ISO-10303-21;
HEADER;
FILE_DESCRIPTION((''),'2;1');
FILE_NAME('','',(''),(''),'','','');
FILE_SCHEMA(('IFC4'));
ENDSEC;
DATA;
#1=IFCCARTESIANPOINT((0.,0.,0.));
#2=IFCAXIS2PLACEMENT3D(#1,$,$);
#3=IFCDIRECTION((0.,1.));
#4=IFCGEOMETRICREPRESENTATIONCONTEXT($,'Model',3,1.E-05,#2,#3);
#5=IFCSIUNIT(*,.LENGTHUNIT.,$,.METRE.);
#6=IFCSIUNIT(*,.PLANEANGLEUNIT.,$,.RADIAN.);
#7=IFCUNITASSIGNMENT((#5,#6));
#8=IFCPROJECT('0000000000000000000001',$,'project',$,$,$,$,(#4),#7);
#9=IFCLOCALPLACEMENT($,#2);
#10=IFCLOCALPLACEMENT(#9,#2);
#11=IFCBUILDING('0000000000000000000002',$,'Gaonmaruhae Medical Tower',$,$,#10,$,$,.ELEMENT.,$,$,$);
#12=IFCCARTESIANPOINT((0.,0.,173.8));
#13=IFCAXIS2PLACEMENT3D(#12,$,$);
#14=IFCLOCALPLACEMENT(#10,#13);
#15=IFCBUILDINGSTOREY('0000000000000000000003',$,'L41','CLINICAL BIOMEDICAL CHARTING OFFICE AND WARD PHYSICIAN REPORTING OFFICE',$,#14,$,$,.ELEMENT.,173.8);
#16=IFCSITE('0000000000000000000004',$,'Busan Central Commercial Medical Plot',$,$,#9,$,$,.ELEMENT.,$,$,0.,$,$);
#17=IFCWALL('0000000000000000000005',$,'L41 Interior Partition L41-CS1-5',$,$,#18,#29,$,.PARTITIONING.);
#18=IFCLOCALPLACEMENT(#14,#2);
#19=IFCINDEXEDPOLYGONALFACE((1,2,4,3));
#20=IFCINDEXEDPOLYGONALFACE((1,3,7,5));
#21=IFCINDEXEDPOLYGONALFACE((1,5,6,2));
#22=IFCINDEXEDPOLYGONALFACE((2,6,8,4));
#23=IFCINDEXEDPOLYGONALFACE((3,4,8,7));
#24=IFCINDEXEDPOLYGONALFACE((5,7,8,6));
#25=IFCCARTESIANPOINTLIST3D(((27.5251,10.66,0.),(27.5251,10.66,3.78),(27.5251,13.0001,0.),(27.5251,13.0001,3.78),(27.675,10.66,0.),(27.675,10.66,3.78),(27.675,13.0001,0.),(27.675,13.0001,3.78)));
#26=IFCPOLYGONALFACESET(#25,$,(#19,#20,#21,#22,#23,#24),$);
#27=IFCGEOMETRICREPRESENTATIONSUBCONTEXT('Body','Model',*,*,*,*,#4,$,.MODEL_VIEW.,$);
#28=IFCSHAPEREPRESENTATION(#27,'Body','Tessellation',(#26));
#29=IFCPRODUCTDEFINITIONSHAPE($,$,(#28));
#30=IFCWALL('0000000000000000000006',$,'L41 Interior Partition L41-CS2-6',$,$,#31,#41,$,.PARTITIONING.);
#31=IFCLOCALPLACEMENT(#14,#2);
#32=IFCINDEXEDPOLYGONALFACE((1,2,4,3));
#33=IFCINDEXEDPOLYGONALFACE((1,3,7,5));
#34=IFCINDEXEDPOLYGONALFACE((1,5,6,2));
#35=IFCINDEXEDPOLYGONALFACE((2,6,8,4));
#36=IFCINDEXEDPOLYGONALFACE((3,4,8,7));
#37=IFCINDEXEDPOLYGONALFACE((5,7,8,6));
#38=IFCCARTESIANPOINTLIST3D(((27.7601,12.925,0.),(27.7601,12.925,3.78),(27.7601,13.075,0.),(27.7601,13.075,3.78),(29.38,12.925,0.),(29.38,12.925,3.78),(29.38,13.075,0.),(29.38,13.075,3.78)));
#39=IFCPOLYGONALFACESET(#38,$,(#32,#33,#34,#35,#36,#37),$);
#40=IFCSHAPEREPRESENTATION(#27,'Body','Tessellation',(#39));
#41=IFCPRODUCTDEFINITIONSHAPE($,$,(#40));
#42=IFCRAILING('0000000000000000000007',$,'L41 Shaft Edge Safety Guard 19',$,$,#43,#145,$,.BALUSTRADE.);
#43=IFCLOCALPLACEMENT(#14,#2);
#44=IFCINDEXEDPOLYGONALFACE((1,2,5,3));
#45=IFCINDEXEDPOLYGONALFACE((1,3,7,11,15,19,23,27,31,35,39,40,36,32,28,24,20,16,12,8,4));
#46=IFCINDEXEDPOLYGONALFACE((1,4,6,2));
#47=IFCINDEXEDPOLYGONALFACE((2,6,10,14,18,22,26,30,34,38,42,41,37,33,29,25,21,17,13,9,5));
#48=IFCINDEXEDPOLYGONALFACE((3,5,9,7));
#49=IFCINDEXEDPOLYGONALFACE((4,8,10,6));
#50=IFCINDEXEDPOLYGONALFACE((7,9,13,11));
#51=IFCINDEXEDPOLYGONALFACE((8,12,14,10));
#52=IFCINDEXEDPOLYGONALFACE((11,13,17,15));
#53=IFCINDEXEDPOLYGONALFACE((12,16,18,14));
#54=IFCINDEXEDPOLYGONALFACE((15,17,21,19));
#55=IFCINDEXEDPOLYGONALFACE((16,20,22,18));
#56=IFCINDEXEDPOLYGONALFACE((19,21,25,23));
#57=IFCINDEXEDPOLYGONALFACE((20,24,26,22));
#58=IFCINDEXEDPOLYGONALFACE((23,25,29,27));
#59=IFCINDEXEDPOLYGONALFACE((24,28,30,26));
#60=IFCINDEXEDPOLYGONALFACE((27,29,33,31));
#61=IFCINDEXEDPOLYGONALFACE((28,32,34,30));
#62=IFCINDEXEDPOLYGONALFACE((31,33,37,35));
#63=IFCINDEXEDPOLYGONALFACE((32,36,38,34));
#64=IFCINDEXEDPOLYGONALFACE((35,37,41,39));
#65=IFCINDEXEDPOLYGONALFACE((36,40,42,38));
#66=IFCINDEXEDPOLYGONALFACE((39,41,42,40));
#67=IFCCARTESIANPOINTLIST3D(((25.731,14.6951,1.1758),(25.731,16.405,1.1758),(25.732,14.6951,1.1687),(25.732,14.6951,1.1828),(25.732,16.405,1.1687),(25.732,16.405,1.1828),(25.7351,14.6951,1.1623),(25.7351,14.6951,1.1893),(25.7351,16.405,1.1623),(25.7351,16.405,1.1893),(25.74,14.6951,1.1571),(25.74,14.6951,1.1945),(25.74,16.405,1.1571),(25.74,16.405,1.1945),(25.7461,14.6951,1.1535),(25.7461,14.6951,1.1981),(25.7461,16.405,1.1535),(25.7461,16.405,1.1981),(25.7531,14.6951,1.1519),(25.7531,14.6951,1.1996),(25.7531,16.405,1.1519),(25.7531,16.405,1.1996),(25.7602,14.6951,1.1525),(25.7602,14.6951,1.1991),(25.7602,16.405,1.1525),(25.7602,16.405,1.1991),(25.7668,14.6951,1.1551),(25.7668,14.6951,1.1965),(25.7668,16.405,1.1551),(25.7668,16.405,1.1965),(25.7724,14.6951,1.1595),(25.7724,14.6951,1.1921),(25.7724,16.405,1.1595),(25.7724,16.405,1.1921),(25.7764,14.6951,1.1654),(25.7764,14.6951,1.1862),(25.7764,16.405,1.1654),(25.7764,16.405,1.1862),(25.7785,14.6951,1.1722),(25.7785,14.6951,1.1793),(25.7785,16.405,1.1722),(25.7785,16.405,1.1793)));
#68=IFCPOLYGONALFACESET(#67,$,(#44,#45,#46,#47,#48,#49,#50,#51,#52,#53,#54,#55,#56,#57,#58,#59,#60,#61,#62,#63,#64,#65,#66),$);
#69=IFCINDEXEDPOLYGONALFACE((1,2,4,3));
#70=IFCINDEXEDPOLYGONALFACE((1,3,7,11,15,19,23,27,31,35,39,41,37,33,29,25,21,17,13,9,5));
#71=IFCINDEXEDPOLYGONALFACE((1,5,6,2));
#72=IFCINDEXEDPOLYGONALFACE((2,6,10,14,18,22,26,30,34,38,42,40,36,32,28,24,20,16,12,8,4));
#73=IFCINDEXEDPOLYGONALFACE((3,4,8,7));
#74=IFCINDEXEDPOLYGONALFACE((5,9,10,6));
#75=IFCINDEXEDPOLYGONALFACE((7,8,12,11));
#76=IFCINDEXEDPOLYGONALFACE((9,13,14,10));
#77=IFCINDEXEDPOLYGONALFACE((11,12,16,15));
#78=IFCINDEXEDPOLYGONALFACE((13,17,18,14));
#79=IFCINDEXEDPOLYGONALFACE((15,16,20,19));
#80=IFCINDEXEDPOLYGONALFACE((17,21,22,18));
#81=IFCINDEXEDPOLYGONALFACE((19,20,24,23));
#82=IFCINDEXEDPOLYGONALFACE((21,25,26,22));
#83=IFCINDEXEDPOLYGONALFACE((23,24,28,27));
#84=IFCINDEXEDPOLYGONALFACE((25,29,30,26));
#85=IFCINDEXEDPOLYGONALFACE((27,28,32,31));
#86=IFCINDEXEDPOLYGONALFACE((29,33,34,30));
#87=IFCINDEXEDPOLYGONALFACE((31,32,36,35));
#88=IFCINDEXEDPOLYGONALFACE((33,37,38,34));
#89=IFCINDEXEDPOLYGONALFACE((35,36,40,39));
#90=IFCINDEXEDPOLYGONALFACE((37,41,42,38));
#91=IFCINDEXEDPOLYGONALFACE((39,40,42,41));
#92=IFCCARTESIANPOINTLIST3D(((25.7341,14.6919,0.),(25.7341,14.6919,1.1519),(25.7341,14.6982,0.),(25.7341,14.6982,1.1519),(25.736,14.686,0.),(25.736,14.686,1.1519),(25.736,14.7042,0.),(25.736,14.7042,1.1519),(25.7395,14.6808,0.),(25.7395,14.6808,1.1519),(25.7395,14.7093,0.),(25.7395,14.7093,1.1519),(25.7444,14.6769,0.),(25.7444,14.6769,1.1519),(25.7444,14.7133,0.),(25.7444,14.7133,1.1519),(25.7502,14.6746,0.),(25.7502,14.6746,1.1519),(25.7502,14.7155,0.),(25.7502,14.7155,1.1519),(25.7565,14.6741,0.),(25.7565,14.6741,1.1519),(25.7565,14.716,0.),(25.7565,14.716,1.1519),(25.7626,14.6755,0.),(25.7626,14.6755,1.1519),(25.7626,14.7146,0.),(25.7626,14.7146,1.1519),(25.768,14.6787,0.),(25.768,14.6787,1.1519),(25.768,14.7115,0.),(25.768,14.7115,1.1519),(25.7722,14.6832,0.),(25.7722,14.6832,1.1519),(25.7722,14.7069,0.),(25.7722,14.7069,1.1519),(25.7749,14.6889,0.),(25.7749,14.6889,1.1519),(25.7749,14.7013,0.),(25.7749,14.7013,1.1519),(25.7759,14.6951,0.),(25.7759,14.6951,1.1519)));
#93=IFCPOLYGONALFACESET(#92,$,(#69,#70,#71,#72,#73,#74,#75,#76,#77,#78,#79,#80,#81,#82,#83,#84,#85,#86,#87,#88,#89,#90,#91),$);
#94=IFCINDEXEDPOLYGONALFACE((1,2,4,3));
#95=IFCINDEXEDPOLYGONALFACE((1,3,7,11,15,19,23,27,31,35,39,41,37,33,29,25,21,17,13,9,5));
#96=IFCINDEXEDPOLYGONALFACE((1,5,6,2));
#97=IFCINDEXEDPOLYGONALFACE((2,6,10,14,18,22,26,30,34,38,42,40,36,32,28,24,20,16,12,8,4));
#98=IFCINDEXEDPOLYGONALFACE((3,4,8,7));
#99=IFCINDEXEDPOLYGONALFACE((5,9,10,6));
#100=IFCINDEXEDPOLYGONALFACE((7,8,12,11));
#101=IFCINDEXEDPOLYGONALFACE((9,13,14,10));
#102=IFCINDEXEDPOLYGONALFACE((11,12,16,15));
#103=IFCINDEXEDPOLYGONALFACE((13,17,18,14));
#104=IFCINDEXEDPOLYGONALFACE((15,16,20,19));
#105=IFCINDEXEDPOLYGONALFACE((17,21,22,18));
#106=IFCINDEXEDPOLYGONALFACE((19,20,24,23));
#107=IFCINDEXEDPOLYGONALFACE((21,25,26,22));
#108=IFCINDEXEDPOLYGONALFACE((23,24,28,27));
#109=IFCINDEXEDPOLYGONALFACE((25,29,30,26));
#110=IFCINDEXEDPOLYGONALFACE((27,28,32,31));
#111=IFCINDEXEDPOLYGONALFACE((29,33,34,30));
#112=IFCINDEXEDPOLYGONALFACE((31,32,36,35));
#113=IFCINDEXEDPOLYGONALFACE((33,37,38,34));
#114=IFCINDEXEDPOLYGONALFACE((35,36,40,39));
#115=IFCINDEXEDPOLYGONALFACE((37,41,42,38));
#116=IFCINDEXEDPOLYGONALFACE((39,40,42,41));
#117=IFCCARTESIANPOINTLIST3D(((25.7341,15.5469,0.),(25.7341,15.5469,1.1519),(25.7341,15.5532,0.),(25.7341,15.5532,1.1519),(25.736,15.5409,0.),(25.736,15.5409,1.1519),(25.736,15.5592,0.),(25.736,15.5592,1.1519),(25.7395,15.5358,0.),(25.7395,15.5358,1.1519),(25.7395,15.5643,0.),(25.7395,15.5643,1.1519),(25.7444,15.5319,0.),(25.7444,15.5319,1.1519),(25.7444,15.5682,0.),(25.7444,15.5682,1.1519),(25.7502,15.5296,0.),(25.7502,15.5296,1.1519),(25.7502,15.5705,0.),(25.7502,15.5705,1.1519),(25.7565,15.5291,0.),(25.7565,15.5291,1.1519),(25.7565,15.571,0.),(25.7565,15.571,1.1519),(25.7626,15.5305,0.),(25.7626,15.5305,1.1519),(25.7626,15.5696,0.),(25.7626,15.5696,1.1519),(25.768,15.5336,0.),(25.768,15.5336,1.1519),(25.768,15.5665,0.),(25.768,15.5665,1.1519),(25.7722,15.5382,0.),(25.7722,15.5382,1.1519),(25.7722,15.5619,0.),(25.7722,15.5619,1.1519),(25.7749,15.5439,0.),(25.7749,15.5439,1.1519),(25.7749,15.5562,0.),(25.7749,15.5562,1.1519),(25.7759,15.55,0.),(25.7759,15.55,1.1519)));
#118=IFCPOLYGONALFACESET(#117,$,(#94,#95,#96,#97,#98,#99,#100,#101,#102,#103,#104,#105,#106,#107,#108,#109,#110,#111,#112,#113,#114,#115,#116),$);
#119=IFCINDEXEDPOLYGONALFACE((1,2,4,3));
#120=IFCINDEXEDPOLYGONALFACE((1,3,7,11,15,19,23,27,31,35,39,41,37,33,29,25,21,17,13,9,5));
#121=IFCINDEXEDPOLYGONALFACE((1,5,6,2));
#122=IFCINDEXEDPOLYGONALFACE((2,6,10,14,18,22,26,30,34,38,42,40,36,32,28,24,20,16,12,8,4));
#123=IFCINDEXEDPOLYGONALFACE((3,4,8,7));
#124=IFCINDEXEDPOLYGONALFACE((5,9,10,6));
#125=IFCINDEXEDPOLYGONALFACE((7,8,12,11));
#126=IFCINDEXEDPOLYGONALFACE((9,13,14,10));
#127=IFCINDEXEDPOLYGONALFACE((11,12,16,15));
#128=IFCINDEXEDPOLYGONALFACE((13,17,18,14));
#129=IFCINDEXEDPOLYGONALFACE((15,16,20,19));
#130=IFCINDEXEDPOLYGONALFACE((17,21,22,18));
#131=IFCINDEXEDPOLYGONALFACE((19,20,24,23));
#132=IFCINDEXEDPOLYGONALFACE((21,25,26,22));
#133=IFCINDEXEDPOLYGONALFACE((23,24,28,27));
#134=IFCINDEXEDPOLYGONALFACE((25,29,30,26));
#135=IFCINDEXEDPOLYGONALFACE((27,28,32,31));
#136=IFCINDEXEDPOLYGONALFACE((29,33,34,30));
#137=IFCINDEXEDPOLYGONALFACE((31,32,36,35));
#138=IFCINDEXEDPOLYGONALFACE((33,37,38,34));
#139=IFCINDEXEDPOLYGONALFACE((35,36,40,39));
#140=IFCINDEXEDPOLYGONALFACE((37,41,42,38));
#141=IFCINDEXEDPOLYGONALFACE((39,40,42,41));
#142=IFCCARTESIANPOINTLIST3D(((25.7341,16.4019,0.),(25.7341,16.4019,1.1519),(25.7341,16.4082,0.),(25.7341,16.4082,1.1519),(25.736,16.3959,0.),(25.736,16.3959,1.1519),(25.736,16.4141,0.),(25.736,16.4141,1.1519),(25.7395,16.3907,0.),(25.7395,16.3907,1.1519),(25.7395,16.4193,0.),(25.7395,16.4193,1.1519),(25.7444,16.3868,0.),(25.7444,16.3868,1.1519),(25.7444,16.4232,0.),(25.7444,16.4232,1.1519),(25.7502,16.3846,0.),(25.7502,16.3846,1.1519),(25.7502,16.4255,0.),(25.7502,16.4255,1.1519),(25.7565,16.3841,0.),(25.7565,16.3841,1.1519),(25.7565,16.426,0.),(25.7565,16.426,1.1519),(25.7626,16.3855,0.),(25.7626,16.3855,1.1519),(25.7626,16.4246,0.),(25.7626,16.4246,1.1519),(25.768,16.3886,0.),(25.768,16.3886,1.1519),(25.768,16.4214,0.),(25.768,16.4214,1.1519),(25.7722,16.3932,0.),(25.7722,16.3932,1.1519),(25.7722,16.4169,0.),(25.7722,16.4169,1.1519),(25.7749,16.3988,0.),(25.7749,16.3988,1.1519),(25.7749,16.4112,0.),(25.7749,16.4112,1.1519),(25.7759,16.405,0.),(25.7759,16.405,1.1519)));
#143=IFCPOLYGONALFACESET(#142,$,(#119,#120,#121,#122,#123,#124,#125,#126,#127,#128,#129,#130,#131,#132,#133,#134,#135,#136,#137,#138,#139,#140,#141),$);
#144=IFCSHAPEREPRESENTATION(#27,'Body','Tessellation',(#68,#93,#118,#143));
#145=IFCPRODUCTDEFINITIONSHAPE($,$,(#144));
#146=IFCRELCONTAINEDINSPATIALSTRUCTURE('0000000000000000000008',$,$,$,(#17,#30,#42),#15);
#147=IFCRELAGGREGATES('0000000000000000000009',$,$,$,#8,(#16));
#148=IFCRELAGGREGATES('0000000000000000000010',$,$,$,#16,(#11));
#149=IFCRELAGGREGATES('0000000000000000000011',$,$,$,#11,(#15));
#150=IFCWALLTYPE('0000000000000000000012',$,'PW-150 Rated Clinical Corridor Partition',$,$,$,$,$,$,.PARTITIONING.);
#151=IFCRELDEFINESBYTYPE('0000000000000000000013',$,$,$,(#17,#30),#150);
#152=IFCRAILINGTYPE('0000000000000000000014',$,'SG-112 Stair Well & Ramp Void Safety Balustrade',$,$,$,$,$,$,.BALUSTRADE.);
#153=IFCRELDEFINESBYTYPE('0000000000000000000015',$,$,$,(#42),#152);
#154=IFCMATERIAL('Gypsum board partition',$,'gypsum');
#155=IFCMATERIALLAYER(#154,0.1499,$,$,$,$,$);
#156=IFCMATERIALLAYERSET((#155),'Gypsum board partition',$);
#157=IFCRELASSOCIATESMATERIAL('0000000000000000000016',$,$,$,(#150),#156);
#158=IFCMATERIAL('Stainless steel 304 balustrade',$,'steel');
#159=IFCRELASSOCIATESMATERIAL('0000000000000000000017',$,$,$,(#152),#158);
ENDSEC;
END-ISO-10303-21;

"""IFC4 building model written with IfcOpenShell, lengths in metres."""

from ifc_helpers import new_model, si_unit, direction, frame, frame_2d, origin, origin_2d, place, context, subcontext, project, spatial, rectangle, circle, extrude, material, layer, layer_set, type_object, element, save


model = new_model("IFC4")

# Units and contexts
model_context = context("Model", 3, precision=1e-05, world=origin(), true_north=direction((0.0, 1.0)))
body_context = subcontext(model_context, "Body", "Model", "MODEL_VIEW")
ifc_project = project(units=[si_unit("LENGTHUNIT", "METRE"), si_unit("PLANEANGLEUNIT", "RADIAN")], contexts=[model_context])

# Site, building, storey
site_placement = place(None, origin())
site = spatial("IfcSite", under=ifc_project, at=site_placement, Name="Busan Central Commercial Medical Plot", CompositionType="ELEMENT", RefElevation=0.0)
building_placement = place(site_placement, origin())
building = spatial("IfcBuilding", under=site, at=building_placement, Name="Gaonmaruhae Medical Tower", CompositionType="ELEMENT")
storey_placement = place(building_placement, frame((0.0, 0.0, 173.8)))
storey = spatial("IfcBuildingStorey", under=building, at=storey_placement, Name="L41", Description="CLINICAL BIOMEDICAL CHARTING OFFICE AND WARD PHYSICIAN REPORTING OFFICE", CompositionType="ELEMENT", Elevation=173.8)

# Shared definitions
ifc_material_1 = material(Name="Gypsum board partition", Category="gypsum")
ifc_layer_1 = layer(ifc_material_1, 0.1499)
ifc_layer_set_1 = layer_set([ifc_layer_1], Name="Gypsum board partition")
wall_type_1 = type_object("IfcWallType", Name="PW-150 Rated Clinical Corridor Partition", PredefinedType="PARTITIONING", material=ifc_layer_set_1)

# Walls
wall_1_placement = place(storey_placement, frame((27.6001, 13.0, 0.0), z_axis=(0.0, 0.0, 1.0), x_axis=(0.0, -1.0, 0.0)))
element("IfcWall", 1, at=wall_1_placement, inside=storey, type_object=wall_type_1, Name="L41 Interior Partition L41-CS1-5", PredefinedType="PARTITIONING", context=body_context, shape_type="SweptSolid", body=[
    extrude(rectangle(XDim=2.3401, YDim=0.1499, at=frame_2d((1.1699, 0.0))), origin(), (0.0, 0.0, 1.0), 3.78),
])
wall_2_placement = place(storey_placement, frame((27.76, 13.0, 0.0), z_axis=(0.0, 0.0, 1.0), x_axis=(1.0, 0.0, 0.0)))
element("IfcWall", 2, at=wall_2_placement, inside=storey, type_object=wall_type_1, Name="L41 Interior Partition L41-CS2-6", PredefinedType="PARTITIONING", context=body_context, shape_type="SweptSolid", body=[
    extrude(rectangle(XDim=1.6199, YDim=0.1499, at=frame_2d((0.8101, 0.0))), origin(), (0.0, 0.0, 1.0), 3.78),
])

# Railing
ifc_material_2 = material(Name="Stainless steel 304 balustrade", Category="steel")
railing_type = type_object("IfcRailingType", Name="SG-112 Stair Well & Ramp Void Safety Balustrade", PredefinedType="BALUSTRADE", material=ifc_material_2)
railing_1_placement = place(storey_placement, frame((25.7549, 14.6951, 0.0)))
element("IfcRailing", 3, at=railing_1_placement, inside=storey, type_object=railing_type, Name="L41 Shaft Edge Safety Guard 19", PredefinedType="BALUSTRADE", context=body_context, shape_type="SweptSolid", body=[
    extrude(circle(Radius=0.0239, at=origin_2d()), frame((0.0, 0.0, 1.1758), z_axis=(0.0, 1.0, 0.0), x_axis=(-1.0, 0.0, 0.0)), (0.0, 0.0, 1.0), 1.71),
    extrude(circle(Radius=0.021, at=origin_2d()), origin(), (0.0, 0.0, 1.0), 1.1519),
    extrude(circle(Radius=0.021, at=origin_2d()), frame((0.0, 0.855, 0.0)), (0.0, 0.0, 1.0), 1.1519),
    extrude(circle(Radius=0.021, at=origin_2d()), frame((0.0, 1.71, 0.0)), (0.0, 0.0, 1.0), 1.1519),
])

save(model, "model.ifc")
